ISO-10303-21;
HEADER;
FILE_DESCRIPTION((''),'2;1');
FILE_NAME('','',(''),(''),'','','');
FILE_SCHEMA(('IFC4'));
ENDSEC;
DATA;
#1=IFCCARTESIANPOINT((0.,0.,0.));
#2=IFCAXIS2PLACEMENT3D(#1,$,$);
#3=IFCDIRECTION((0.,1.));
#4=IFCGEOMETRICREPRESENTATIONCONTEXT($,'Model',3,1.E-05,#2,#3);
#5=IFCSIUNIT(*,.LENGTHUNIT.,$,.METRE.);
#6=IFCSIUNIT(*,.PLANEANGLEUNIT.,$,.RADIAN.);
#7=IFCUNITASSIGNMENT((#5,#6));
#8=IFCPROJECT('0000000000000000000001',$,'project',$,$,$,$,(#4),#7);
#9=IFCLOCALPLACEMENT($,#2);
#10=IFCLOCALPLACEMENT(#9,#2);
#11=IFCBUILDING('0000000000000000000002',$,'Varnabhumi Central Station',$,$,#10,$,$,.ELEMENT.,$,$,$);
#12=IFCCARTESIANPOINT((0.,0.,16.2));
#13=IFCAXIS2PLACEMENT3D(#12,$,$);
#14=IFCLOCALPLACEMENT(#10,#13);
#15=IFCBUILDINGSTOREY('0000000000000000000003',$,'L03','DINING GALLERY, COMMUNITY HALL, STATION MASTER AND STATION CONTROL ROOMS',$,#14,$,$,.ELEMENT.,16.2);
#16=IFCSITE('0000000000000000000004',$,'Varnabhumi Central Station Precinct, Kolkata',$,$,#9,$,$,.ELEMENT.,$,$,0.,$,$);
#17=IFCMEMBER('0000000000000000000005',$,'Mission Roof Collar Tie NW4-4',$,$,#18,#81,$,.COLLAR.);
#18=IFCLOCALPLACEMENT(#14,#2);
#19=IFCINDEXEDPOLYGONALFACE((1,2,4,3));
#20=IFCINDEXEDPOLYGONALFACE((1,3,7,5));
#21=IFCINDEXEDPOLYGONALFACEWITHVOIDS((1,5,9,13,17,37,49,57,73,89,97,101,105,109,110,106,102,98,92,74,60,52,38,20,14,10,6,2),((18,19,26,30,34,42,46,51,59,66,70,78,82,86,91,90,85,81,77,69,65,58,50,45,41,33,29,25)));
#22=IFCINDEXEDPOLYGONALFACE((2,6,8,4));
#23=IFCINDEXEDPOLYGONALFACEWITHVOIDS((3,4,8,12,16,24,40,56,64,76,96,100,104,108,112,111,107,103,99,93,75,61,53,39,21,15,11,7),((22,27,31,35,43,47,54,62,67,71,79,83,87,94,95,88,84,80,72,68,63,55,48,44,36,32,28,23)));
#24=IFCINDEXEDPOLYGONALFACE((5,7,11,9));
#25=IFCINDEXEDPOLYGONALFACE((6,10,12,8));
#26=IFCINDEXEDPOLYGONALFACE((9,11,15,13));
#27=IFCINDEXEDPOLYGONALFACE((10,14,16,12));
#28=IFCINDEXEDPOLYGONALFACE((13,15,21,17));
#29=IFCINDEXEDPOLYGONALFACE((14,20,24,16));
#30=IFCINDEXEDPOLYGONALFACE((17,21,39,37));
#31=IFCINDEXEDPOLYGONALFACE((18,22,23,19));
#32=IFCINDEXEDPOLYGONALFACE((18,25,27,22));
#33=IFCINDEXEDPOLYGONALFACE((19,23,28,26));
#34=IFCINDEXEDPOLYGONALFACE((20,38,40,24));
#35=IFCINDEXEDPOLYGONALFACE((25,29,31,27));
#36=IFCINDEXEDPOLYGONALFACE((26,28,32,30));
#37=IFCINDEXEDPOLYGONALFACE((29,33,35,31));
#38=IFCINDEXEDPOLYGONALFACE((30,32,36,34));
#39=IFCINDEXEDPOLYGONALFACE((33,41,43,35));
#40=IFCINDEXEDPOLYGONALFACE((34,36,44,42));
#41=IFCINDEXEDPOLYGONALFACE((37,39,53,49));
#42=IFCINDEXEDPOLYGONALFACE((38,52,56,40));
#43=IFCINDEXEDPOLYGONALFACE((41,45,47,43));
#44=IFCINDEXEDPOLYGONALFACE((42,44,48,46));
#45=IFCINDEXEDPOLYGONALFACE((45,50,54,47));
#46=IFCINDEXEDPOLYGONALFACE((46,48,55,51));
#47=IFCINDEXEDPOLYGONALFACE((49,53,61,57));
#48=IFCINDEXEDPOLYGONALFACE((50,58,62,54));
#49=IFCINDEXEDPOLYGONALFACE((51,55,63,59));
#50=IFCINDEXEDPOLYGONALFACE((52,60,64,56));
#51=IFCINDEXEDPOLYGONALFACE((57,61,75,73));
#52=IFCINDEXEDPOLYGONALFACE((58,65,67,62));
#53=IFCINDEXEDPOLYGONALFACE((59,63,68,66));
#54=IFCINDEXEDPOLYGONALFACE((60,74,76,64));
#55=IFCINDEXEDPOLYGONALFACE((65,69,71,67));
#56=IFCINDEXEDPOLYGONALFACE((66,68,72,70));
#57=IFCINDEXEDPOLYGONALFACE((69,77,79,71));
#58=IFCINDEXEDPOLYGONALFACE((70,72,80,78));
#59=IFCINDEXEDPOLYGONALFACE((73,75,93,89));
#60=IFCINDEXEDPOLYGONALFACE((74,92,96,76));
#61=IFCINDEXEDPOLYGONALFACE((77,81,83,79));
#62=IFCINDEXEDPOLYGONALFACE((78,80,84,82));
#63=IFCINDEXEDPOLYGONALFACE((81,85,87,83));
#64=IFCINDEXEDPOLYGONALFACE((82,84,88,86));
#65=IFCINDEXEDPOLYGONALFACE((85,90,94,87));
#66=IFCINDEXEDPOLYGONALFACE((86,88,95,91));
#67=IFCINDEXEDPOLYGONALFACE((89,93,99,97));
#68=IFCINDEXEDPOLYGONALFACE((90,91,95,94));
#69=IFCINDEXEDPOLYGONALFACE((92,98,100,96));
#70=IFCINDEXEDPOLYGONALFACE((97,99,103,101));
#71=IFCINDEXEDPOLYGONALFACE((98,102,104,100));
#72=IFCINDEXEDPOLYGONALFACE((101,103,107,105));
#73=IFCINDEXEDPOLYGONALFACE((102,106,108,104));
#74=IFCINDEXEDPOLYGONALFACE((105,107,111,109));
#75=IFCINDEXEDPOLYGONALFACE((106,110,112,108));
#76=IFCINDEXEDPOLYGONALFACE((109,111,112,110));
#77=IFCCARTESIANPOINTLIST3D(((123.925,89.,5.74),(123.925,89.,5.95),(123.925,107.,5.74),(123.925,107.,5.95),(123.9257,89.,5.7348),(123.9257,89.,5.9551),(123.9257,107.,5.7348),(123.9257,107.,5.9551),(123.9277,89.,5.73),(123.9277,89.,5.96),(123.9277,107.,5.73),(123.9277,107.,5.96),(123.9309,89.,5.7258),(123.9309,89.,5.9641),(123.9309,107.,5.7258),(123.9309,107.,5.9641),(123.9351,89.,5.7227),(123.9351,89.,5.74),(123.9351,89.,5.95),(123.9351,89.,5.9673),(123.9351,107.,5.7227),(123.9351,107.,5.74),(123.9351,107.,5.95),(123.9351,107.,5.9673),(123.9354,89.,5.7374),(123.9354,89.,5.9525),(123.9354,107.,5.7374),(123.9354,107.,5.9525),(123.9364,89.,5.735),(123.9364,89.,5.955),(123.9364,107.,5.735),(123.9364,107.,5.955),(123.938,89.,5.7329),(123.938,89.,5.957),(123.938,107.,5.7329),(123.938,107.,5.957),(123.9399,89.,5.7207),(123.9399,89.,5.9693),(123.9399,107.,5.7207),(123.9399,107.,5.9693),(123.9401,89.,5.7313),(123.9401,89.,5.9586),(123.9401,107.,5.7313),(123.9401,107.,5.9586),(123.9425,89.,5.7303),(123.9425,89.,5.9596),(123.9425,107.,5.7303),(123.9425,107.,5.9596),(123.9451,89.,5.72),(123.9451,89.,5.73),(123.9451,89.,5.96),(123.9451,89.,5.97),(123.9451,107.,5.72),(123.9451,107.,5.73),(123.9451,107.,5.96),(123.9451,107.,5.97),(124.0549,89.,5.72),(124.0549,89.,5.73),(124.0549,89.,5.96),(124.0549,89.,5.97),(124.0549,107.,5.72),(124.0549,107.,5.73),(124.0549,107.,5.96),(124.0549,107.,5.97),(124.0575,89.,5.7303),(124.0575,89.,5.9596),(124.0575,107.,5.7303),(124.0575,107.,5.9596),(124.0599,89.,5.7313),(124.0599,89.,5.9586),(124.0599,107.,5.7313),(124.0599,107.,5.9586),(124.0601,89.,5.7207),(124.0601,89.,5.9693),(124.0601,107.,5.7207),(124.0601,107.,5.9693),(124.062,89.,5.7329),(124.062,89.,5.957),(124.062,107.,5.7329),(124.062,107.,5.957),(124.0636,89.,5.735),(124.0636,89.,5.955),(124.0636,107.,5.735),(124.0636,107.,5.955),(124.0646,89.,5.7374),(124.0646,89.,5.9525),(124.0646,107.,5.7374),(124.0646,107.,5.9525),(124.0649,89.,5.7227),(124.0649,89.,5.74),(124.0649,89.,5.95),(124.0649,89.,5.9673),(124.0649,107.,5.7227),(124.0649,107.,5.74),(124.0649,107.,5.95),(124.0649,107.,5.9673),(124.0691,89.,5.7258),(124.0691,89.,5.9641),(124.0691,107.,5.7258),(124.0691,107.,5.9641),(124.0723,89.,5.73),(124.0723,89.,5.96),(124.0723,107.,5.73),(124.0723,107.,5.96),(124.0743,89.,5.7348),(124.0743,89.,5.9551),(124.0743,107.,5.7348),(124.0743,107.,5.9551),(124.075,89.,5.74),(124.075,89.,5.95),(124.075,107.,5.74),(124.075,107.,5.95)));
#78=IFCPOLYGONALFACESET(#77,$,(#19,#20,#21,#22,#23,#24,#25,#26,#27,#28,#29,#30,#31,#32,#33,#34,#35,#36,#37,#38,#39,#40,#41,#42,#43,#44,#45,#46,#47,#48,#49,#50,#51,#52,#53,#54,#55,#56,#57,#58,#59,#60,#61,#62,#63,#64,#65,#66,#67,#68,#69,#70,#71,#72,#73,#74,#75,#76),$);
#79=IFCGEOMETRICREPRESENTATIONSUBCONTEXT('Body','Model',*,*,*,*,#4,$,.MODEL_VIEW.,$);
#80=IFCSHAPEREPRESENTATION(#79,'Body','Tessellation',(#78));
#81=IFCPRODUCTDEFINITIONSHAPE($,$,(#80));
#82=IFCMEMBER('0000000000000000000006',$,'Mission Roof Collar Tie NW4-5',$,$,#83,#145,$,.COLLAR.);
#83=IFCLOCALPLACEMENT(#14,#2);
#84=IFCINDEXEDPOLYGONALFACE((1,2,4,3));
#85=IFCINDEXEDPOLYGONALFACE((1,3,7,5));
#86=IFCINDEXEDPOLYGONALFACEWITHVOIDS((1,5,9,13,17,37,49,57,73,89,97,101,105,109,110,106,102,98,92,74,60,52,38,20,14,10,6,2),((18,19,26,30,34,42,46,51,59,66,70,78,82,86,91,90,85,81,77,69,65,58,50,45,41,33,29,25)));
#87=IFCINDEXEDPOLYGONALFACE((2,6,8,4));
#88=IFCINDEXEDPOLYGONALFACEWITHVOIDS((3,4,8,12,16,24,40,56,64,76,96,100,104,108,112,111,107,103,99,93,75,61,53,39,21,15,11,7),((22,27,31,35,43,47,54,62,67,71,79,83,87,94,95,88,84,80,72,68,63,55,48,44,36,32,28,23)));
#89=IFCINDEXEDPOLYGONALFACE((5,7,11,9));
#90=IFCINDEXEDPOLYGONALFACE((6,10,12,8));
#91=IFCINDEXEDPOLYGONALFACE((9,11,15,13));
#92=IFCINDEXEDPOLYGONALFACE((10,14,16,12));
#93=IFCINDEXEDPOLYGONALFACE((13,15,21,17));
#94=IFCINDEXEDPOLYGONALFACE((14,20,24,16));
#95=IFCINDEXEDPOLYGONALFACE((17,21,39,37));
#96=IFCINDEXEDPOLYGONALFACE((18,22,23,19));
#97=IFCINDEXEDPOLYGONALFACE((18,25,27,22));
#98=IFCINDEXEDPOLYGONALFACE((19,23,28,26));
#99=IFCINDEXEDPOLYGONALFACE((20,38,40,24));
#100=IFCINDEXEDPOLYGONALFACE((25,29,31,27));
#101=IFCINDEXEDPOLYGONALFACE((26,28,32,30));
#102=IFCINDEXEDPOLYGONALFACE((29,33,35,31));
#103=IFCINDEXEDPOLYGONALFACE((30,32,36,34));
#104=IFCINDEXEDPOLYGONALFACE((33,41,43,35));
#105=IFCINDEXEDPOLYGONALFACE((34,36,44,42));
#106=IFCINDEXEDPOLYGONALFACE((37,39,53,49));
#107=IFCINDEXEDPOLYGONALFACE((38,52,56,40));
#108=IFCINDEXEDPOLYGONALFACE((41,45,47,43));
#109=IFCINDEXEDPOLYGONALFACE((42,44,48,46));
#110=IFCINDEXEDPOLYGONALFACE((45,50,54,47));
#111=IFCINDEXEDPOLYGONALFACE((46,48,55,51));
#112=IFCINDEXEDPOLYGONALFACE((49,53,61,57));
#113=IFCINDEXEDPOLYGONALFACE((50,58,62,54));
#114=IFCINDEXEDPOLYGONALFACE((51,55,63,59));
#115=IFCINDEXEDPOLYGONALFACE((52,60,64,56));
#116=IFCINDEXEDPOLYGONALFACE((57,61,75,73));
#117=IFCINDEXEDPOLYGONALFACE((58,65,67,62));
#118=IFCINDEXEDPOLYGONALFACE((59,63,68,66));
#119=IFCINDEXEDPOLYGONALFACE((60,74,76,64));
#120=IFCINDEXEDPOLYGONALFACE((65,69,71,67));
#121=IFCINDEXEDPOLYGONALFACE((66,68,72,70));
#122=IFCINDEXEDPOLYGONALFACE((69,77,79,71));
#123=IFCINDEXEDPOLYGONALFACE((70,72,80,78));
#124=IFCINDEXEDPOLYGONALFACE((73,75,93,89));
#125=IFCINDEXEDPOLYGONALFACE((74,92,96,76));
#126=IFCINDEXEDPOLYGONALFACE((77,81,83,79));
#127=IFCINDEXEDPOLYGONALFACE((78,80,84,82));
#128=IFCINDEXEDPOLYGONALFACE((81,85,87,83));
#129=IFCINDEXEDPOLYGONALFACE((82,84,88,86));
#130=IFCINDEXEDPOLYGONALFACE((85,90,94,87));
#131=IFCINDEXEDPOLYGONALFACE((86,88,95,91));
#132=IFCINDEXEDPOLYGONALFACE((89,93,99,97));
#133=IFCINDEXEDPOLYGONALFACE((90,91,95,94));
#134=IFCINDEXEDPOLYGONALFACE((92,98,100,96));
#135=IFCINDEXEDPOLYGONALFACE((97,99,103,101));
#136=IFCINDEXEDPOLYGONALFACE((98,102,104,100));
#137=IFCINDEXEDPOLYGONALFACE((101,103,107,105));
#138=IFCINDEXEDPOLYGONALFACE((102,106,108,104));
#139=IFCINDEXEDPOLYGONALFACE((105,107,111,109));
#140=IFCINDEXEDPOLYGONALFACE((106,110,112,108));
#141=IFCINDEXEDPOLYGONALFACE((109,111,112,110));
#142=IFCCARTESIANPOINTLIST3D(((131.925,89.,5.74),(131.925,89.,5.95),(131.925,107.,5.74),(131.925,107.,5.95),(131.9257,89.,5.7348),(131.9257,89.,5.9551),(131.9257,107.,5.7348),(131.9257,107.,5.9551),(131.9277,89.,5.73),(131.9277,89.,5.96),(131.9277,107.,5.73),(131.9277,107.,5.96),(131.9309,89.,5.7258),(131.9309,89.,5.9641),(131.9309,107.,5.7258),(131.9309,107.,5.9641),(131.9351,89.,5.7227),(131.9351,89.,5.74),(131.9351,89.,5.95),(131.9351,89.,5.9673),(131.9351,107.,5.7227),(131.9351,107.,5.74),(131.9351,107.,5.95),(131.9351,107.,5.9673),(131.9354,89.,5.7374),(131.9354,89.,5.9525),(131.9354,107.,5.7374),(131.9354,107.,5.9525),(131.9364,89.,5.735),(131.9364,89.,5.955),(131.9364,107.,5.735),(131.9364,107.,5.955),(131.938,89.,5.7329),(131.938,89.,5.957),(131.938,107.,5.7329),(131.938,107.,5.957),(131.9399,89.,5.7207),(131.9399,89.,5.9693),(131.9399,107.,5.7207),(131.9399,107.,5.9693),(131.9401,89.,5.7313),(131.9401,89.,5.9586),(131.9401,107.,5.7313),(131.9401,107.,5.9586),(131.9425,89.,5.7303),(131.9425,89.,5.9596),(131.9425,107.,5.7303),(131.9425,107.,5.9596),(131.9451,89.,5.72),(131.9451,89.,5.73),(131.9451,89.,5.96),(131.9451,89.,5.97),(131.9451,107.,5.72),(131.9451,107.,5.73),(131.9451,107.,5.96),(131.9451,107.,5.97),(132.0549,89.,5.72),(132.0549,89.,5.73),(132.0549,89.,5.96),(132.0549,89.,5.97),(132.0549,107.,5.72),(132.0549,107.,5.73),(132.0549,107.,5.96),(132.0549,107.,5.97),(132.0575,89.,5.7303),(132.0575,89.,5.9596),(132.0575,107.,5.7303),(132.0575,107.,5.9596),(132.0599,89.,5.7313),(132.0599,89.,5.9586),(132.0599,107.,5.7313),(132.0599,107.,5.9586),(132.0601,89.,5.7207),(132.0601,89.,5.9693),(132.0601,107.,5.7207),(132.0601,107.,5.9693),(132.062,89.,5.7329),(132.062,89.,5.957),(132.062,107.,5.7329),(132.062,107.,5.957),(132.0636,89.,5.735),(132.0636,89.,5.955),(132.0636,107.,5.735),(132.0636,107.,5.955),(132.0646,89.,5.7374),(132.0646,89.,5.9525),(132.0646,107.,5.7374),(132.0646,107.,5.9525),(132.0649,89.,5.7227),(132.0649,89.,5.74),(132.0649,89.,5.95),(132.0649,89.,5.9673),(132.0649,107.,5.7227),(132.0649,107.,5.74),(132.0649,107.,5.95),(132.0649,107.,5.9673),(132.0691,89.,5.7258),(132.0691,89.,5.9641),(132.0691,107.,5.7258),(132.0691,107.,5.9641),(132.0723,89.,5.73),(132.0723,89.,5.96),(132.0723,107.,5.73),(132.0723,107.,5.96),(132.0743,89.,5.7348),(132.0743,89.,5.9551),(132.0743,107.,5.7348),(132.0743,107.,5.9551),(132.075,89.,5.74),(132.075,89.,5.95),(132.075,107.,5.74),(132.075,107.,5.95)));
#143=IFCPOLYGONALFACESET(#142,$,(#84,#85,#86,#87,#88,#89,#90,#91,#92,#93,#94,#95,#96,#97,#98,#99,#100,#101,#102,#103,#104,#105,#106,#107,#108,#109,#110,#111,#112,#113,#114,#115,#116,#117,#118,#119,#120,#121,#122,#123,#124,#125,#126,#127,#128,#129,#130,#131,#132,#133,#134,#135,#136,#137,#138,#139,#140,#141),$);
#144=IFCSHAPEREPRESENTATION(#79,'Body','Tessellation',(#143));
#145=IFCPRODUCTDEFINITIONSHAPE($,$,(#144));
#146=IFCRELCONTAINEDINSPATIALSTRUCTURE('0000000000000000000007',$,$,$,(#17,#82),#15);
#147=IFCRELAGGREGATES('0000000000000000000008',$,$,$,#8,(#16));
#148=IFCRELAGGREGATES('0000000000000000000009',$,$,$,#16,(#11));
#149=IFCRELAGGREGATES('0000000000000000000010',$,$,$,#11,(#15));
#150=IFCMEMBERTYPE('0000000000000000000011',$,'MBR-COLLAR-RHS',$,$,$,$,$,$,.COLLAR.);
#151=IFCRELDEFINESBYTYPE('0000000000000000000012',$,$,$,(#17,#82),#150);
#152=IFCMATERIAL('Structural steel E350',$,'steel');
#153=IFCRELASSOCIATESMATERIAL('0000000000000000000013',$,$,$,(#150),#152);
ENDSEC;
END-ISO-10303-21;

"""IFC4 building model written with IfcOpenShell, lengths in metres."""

from ifc_helpers import new_model, si_unit, direction, frame, origin, origin_2d, place, context, subcontext, project, spatial, hollow_rectangle, extrude, material, material_profile, profile_set, type_object, element, save


model = new_model("IFC4")

# Units and contexts
model_context = context("Model", 3, precision=1e-05, world=origin(), true_north=direction((0.0, 1.0)))
body_context = subcontext(model_context, "Body", "Model", "MODEL_VIEW")
ifc_project = project(units=[si_unit("LENGTHUNIT", "METRE"), si_unit("PLANEANGLEUNIT", "RADIAN")], contexts=[model_context])

# Site, building, storey
site_placement = place(None, origin())
site = spatial("IfcSite", under=ifc_project, at=site_placement, Name="Varnabhumi Central Station Precinct, Kolkata", CompositionType="ELEMENT", RefElevation=0.0)
building_placement = place(site_placement, origin())
building = spatial("IfcBuilding", under=site, at=building_placement, Name="Varnabhumi Central Station", CompositionType="ELEMENT")
storey_placement = place(building_placement, frame((0.0, 0.0, 16.2)))
storey = spatial("IfcBuildingStorey", under=building, at=storey_placement, Name="L03", Description="DINING GALLERY, COMMUNITY HALL, STATION MASTER AND STATION CONTROL ROOMS", CompositionType="ELEMENT", Elevation=16.2)

# Shared definitions
ifc_material_1 = material(Name="Structural steel E350", Category="steel")

# Members
ifc_material_profile_1 = material_profile(ifc_material_1, hollow_rectangle(XDim=0.1499, YDim=0.25, WallThickness=0.01, InnerFilletRadius=0.01, OuterFilletRadius=0.02, at=origin_2d()), Name="Structural steel E350", Category="steel")
ifc_profile_set_1 = profile_set([ifc_material_profile_1], Name="Structural steel E350")
member_type_1 = type_object("IfcMemberType", Name="MBR-COLLAR-RHS", PredefinedType="COLLAR", material=ifc_profile_set_1)
for number, where, z_axis, x_axis, name in (
    (1, (124.0, 89.0, 5.845), (0.0, 1.0, 0.0), (-1.0, 0.0, 0.0), "Mission Roof Collar Tie NW4-4"),
    (2, (132.0, 89.0, 5.845), (0.0, 1.0, 0.0), (-1.0, 0.0, 0.0), "Mission Roof Collar Tie NW4-5"),
):
    element("IfcMember", number, at=place(storey_placement, frame(where, z_axis=z_axis, x_axis=x_axis)), inside=storey, type_object=member_type_1, Name=name, PredefinedType="COLLAR", context=body_context, shape_type="SweptSolid", body=[
        extrude(hollow_rectangle(XDim=0.1499, YDim=0.25, WallThickness=0.01, InnerFilletRadius=0.01, OuterFilletRadius=0.02, at=origin_2d()), origin(), (0.0, 0.0, 1.0), 18.0),
    ])

save(model, "model.ifc")
